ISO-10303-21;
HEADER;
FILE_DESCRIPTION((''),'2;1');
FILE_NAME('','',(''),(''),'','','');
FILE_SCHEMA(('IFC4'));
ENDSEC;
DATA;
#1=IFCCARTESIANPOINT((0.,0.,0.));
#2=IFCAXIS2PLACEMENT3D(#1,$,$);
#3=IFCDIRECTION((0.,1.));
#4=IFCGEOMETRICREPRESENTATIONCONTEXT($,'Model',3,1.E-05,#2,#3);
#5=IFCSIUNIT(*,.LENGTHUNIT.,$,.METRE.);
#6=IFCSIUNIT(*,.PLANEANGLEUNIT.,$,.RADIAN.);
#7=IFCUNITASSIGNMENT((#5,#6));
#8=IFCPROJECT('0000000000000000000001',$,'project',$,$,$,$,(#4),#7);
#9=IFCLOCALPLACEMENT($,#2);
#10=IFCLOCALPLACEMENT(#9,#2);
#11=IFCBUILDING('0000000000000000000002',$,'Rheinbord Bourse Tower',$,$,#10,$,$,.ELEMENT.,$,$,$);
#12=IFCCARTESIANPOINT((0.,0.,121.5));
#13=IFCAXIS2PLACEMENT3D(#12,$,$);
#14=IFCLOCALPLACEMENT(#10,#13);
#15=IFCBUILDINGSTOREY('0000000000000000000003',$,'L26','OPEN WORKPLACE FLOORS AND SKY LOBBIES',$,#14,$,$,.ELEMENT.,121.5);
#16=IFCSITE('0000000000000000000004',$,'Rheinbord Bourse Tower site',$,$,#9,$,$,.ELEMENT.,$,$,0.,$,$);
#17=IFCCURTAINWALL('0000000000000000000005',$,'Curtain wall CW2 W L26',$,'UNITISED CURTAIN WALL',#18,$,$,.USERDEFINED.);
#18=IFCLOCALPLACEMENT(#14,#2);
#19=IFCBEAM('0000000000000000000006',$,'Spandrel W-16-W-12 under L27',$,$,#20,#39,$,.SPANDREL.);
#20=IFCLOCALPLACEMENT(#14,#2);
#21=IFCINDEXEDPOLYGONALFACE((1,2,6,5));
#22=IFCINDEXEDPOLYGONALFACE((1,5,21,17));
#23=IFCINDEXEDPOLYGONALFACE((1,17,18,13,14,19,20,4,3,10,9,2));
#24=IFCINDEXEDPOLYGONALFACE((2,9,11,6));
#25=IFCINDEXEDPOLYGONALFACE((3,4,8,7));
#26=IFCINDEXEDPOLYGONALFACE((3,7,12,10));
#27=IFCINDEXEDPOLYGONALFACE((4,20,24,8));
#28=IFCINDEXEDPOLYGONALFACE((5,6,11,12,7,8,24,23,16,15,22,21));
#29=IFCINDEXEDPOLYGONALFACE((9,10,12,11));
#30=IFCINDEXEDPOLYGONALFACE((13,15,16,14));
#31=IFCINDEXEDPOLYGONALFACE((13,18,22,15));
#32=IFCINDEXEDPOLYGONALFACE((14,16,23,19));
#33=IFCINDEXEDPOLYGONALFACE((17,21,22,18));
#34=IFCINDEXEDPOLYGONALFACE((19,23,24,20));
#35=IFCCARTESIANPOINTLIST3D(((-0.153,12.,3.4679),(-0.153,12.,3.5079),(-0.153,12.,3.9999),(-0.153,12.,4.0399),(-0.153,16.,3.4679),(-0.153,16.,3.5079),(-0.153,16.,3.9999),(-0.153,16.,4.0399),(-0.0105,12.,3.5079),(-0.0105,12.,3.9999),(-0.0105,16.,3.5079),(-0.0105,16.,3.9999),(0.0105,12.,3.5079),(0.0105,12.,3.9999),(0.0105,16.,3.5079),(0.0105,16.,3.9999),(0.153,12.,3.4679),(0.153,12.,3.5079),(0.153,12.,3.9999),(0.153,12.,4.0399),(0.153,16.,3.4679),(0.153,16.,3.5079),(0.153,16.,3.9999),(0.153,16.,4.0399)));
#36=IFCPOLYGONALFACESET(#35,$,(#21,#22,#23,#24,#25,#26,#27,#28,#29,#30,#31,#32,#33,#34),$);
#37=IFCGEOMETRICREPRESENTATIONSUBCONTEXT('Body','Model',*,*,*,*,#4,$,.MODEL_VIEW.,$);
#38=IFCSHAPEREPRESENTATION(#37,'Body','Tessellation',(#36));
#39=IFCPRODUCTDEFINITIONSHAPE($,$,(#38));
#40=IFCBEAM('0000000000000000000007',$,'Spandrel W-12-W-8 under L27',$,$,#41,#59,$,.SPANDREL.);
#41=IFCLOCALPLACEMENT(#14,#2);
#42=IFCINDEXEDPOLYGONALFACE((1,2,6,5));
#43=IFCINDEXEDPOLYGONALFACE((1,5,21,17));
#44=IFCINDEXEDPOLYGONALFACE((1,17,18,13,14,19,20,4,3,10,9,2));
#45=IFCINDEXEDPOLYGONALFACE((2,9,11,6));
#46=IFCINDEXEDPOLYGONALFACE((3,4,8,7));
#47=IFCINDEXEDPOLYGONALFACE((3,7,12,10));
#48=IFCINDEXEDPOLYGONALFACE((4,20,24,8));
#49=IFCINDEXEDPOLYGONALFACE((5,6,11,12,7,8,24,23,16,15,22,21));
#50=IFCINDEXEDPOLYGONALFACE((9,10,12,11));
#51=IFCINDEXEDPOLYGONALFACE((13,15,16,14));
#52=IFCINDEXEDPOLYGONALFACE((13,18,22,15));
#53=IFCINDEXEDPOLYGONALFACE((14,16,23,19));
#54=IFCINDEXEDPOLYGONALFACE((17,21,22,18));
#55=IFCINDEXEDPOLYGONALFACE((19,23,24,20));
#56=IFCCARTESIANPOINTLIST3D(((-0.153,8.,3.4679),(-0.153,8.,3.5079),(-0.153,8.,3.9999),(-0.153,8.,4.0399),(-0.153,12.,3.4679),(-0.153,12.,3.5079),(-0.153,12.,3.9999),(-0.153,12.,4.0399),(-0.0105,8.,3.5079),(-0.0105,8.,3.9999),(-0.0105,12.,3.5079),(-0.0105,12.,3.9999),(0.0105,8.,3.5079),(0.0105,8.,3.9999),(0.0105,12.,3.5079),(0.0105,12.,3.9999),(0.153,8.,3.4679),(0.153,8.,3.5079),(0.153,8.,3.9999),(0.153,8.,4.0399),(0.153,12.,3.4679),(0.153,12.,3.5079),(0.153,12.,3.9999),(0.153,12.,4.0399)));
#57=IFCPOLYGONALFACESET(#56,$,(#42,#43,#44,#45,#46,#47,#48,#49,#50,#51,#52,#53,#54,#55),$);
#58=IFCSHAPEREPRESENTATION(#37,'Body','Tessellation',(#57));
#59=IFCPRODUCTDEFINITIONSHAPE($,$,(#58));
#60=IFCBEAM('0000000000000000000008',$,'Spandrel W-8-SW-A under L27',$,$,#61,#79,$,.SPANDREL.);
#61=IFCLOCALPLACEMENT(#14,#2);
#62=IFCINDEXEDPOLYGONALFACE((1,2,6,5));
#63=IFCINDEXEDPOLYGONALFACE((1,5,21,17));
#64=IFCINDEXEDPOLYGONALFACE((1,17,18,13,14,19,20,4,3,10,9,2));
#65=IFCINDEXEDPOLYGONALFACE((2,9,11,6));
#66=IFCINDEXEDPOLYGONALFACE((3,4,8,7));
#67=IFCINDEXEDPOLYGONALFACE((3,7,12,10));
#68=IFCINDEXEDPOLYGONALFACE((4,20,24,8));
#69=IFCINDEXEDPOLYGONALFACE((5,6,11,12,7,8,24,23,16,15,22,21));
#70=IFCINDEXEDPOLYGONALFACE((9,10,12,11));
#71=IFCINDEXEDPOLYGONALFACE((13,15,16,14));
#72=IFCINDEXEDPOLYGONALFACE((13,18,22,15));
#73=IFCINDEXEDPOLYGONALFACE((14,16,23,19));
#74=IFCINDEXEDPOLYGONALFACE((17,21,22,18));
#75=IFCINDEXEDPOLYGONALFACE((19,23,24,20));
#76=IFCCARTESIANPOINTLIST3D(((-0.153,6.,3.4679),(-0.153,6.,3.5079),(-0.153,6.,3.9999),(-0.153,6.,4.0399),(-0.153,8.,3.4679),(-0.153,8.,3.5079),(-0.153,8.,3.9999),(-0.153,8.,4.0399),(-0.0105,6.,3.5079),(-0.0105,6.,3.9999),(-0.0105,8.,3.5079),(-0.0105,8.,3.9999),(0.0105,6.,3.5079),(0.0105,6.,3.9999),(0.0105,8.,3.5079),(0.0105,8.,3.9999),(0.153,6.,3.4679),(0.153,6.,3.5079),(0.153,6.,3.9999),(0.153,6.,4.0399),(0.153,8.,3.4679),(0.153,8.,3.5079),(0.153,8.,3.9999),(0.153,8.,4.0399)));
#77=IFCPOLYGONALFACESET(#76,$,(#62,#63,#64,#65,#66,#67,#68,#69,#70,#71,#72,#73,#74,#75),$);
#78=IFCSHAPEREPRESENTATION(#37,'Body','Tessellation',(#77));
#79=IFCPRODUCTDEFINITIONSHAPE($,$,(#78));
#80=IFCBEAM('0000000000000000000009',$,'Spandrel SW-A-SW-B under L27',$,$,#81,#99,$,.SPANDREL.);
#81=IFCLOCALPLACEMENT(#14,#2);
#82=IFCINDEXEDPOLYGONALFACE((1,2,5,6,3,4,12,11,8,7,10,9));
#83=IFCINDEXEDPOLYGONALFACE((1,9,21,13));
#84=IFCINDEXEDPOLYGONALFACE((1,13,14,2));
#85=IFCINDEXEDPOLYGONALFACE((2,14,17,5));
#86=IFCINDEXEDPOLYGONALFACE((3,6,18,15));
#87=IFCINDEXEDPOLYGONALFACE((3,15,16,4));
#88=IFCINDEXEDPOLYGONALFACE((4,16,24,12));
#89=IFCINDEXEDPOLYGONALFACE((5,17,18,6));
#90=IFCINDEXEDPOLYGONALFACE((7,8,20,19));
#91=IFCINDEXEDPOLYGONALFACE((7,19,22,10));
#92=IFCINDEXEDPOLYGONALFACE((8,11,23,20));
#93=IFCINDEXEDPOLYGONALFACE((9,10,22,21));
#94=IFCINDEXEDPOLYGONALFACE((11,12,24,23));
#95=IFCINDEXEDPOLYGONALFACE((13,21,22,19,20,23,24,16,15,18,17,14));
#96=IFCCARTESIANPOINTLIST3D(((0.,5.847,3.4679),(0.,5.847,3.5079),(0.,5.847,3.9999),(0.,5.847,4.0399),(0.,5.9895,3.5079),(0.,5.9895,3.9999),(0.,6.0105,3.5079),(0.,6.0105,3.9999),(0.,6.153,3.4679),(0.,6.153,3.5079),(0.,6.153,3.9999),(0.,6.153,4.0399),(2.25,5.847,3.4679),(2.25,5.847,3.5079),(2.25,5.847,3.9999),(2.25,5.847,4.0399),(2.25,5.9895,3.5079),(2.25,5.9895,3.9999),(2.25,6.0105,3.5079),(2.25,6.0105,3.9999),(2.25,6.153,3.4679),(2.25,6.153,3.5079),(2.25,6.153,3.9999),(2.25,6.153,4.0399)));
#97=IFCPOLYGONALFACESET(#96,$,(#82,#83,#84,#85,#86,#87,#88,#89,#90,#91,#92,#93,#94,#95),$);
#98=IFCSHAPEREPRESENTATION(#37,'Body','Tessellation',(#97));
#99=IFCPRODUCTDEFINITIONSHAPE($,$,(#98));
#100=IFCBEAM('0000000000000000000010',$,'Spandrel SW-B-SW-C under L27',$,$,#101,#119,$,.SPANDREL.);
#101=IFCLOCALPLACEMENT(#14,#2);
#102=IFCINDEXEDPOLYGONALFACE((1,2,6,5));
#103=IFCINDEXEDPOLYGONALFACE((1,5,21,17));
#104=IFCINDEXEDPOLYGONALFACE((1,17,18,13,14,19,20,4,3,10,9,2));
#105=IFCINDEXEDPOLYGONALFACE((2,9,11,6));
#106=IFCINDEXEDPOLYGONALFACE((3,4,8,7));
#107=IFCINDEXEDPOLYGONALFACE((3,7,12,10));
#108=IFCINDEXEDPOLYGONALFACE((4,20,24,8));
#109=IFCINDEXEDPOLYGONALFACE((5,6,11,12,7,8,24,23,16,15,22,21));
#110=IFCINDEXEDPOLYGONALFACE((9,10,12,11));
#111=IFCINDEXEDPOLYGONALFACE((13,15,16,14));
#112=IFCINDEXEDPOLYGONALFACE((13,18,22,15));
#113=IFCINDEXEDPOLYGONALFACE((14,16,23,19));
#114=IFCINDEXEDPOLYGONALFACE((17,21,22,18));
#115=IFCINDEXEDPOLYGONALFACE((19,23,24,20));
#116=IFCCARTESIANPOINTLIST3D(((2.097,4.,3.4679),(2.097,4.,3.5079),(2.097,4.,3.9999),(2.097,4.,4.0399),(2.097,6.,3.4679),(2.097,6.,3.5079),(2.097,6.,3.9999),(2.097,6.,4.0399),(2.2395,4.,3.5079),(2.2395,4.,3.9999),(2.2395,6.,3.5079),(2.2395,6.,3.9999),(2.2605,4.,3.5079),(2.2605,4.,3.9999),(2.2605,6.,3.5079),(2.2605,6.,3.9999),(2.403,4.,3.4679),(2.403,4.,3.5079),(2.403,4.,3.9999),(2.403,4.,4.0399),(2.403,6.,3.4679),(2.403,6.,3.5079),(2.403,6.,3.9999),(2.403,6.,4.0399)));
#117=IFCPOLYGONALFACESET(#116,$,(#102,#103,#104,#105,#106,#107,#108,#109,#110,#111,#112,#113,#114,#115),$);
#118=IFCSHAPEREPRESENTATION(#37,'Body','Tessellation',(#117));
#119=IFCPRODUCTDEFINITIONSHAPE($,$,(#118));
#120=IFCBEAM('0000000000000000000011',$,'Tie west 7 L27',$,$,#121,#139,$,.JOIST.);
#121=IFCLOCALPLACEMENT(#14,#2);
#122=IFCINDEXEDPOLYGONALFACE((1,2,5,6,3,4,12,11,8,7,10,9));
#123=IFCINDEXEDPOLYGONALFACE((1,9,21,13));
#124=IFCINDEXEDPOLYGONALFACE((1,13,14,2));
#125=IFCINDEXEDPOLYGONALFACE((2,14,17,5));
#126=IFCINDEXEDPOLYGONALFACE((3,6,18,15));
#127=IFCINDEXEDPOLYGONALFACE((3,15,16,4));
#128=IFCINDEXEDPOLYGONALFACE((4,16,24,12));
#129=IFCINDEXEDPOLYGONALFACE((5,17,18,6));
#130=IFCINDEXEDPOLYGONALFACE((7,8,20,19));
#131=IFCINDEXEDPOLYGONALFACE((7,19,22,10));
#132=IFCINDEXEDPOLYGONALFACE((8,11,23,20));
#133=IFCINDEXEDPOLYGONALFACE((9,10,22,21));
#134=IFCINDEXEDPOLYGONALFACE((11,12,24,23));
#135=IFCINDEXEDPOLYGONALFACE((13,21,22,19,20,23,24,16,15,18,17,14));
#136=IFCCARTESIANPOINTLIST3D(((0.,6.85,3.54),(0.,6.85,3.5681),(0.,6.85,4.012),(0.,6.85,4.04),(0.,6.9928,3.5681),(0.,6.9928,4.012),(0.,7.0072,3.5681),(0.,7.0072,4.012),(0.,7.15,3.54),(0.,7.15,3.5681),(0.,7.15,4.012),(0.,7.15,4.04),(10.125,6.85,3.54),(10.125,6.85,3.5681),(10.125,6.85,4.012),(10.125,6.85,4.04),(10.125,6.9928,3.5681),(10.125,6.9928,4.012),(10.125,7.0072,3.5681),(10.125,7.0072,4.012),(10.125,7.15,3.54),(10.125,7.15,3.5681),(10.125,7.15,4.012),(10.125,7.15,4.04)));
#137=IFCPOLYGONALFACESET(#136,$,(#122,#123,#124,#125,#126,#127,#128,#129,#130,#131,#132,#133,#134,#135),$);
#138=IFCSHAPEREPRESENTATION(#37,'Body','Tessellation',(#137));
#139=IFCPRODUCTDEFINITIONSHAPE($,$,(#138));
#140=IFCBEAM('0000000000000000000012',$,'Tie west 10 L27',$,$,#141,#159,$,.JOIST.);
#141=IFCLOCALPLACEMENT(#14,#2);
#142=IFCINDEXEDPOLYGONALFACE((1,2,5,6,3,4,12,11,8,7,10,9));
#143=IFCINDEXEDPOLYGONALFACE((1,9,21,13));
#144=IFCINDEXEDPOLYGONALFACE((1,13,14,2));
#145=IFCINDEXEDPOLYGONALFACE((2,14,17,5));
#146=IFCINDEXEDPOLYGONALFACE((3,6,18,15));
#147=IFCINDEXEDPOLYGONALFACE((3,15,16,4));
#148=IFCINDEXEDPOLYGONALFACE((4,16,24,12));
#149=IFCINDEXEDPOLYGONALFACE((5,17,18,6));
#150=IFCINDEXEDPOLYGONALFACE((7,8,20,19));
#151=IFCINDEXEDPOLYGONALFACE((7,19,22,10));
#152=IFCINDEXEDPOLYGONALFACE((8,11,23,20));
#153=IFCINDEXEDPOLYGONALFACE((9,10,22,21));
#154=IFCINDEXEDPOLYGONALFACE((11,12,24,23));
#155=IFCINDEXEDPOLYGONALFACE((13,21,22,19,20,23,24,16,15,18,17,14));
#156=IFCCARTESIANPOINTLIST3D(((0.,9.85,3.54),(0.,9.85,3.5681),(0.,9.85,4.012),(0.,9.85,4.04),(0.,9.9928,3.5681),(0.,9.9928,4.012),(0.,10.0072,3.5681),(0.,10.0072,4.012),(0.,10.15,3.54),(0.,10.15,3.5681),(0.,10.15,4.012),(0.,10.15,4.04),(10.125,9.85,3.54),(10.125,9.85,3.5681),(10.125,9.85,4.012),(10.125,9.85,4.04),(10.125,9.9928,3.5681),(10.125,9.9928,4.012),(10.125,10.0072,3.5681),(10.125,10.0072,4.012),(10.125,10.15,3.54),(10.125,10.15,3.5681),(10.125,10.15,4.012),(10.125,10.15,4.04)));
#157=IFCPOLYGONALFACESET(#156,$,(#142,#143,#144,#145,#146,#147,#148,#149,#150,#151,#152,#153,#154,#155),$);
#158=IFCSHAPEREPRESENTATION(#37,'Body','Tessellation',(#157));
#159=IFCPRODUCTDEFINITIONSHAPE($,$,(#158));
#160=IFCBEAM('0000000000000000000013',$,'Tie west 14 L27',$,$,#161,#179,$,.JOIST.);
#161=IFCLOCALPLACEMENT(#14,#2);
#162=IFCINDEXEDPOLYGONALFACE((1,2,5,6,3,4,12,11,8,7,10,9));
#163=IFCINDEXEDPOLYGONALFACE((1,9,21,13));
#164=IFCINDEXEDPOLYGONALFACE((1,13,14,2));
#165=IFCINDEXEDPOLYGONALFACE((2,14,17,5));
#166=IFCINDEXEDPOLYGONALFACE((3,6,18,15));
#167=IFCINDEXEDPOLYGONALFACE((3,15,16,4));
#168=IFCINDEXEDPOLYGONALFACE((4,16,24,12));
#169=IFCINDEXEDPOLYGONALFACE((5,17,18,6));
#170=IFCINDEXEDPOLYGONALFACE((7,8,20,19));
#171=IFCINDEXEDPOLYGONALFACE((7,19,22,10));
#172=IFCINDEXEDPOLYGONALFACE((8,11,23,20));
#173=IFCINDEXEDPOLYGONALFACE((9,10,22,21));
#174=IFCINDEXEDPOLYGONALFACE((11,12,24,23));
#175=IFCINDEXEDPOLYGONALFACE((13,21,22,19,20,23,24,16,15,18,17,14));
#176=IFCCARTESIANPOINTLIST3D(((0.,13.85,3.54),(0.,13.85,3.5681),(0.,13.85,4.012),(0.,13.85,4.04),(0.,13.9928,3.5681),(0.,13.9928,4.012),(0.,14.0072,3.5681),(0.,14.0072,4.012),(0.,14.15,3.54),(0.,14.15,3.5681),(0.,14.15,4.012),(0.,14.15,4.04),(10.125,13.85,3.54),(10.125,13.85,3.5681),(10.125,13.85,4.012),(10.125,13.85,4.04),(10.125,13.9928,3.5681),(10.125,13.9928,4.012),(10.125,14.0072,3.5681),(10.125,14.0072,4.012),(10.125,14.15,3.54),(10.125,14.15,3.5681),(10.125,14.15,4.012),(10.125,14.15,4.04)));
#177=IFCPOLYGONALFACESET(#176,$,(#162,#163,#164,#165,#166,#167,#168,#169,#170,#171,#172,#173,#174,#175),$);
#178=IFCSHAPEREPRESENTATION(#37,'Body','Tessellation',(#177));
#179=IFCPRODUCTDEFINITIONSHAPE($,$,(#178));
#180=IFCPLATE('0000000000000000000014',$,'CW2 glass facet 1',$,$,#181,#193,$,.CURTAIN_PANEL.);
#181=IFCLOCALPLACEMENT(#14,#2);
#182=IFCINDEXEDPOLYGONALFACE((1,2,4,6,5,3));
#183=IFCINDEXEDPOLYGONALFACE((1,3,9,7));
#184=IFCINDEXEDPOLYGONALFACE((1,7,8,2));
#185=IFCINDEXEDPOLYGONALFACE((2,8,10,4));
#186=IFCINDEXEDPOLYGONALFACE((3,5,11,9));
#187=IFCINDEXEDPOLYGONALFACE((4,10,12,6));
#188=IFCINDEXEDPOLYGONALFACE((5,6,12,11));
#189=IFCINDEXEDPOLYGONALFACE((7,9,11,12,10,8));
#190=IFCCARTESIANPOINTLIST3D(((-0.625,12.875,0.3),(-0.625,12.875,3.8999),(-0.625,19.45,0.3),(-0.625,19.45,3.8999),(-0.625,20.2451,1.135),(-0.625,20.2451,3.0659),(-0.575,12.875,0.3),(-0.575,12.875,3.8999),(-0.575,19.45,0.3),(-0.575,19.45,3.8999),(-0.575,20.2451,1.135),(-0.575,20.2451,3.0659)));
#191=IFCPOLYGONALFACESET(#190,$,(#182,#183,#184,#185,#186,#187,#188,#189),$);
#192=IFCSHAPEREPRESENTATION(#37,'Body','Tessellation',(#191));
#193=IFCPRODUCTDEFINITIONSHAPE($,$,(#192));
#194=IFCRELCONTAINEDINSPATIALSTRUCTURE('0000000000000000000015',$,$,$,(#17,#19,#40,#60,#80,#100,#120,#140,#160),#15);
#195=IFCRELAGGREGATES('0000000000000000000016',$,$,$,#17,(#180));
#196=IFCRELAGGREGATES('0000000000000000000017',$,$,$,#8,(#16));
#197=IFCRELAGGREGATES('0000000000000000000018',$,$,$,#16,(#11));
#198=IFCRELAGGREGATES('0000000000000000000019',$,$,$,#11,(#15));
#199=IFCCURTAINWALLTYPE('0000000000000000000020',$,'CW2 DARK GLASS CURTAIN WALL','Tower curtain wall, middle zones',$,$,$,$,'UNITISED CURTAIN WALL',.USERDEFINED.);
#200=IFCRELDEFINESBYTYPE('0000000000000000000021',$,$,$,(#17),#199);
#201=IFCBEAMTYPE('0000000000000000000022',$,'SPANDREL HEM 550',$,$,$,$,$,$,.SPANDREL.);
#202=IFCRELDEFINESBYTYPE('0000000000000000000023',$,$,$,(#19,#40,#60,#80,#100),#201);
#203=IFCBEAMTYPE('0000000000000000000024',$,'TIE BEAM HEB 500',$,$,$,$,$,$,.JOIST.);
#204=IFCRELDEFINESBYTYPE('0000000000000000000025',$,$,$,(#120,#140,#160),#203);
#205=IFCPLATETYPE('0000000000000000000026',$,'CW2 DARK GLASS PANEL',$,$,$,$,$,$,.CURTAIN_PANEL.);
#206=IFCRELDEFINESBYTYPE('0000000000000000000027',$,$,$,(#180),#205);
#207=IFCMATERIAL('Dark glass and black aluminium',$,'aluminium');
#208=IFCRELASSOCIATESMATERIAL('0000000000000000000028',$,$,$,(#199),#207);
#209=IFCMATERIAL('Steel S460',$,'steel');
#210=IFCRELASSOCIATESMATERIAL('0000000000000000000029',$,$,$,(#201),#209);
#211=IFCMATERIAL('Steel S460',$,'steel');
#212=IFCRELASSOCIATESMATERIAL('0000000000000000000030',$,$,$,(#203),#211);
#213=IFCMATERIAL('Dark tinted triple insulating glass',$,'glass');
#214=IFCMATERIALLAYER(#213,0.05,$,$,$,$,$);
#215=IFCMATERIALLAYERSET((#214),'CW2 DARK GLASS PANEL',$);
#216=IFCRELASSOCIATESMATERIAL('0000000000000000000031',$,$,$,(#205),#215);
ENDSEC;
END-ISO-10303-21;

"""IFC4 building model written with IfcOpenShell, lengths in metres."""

from ifc_helpers import new_model, si_unit, direction, frame, origin, origin_2d, place, context, subcontext, project, spatial, polyline, i_section, outline, extrude, material, layer, layer_set, material_profile, profile_set, type_object, element, aggregate, save


model = new_model("IFC4")

# Units and contexts
model_context = context("Model", 3, precision=1e-05, world=origin(), true_north=direction((0.0, 1.0)))
body_context = subcontext(model_context, "Body", "Model", "MODEL_VIEW")
ifc_project = project(units=[si_unit("LENGTHUNIT", "METRE"), si_unit("PLANEANGLEUNIT", "RADIAN")], contexts=[model_context])

# Site, building, storey
site_placement = place(None, origin())
site = spatial("IfcSite", under=ifc_project, at=site_placement, Name="Rheinbord Bourse Tower site", CompositionType="ELEMENT", RefElevation=0.0)
building_placement = place(site_placement, origin())
building = spatial("IfcBuilding", under=site, at=building_placement, Name="Rheinbord Bourse Tower", CompositionType="ELEMENT")
storey_placement = place(building_placement, frame((0.0, 0.0, 121.5)))
storey = spatial("IfcBuildingStorey", under=building, at=storey_placement, Name="L26", Description="OPEN WORKPLACE FLOORS AND SKY LOBBIES", CompositionType="ELEMENT", Elevation=121.5)

# Curtain wall
ifc_material_1 = material(Name="Dark glass and black aluminium", Category="aluminium")
curtain_wall_type = type_object("IfcCurtainWallType", Name="CW2 DARK GLASS CURTAIN WALL", Description="Tower curtain wall, middle zones", ElementType="UNITISED CURTAIN WALL", PredefinedType="USERDEFINED", material=ifc_material_1)
curtain_wall_placement = place(storey_placement, origin())
curtain_wall = element("IfcCurtainWall", 1, at=curtain_wall_placement, inside=storey, type_object=curtain_wall_type, Name="Curtain wall CW2 W L26", ObjectType="UNITISED CURTAIN WALL", PredefinedType="USERDEFINED")

# Beams
ifc_material_2 = material(Name="Steel S460", Category="steel")
ifc_material_profile_1 = material_profile(ifc_material_2, i_section(OverallWidth=0.3059, OverallDepth=0.572, WebThickness=0.021, FlangeThickness=0.04, at=origin_2d()), Name="HEM 550")
ifc_profile_set_1 = profile_set([ifc_material_profile_1], Name="Steel S460")
beam_type_1 = type_object("IfcBeamType", Name="SPANDREL HEM 550", PredefinedType="SPANDREL", material=ifc_profile_set_1)
for number, where, z_axis, x_axis, name in (
    (2, (0.0, 16.0, 3.7539), (0.0, -1.0, 0.0), (1.0, 0.0, 0.0), "Spandrel W-16-W-12 under L27"),
    (3, (0.0, 12.0, 3.7539), (0.0, -1.0, 0.0), (1.0, 0.0, 0.0), "Spandrel W-12-W-8 under L27"),
):
    element("IfcBeam", number, at=place(storey_placement, frame(where, z_axis=z_axis, x_axis=x_axis)), inside=storey, type_object=beam_type_1, Name=name, PredefinedType="SPANDREL", context=body_context, shape_type="SweptSolid", body=[
        extrude(i_section(OverallWidth=0.3059, OverallDepth=0.572, WebThickness=0.021, FlangeThickness=0.04, at=origin_2d()), origin(), (0.0, 0.0, 1.0), 4.0),
    ])
beam_1_placement = place(storey_placement, frame((0.0, 8.0, 3.7539), z_axis=(0.0, -1.0, 0.0), x_axis=(1.0, 0.0, 0.0)))
element("IfcBeam", 4, at=beam_1_placement, inside=storey, type_object=beam_type_1, Name="Spandrel W-8-SW-A under L27", PredefinedType="SPANDREL", context=body_context, shape_type="SweptSolid", body=[
    extrude(i_section(OverallWidth=0.3059, OverallDepth=0.572, WebThickness=0.021, FlangeThickness=0.04, at=origin_2d()), origin(), (0.0, 0.0, 1.0), 2.0),
])
beam_2_placement = place(storey_placement, frame((0.0, 6.0, 3.7539), z_axis=(1.0, 0.0, 0.0), x_axis=(0.0, 1.0, 0.0)))
element("IfcBeam", 5, at=beam_2_placement, inside=storey, type_object=beam_type_1, Name="Spandrel SW-A-SW-B under L27", PredefinedType="SPANDREL", context=body_context, shape_type="SweptSolid", body=[
    extrude(i_section(OverallWidth=0.3059, OverallDepth=0.572, WebThickness=0.021, FlangeThickness=0.04, at=origin_2d()), origin(), (0.0, 0.0, 1.0), 2.25),
])
beam_3_placement = place(storey_placement, frame((2.25, 6.0, 3.7539), z_axis=(0.0, -1.0, 0.0), x_axis=(1.0, 0.0, 0.0)))
element("IfcBeam", 6, at=beam_3_placement, inside=storey, type_object=beam_type_1, Name="Spandrel SW-B-SW-C under L27", PredefinedType="SPANDREL", context=body_context, shape_type="SweptSolid", body=[
    extrude(i_section(OverallWidth=0.3059, OverallDepth=0.572, WebThickness=0.021, FlangeThickness=0.04, at=origin_2d()), origin(), (0.0, 0.0, 1.0), 2.0),
])
ifc_material_3 = material(Name="Steel S460", Category="steel")
ifc_material_profile_2 = material_profile(ifc_material_3, i_section(OverallWidth=0.3, OverallDepth=0.5, WebThickness=0.0144, FlangeThickness=0.0281, at=origin_2d()), Name="HEB 500")
ifc_profile_set_2 = profile_set([ifc_material_profile_2], Name="Steel S460")
beam_type_2 = type_object("IfcBeamType", Name="TIE BEAM HEB 500", PredefinedType="JOIST", material=ifc_profile_set_2)
for number, where, z_axis, x_axis, name in (
    (7, (0.0, 7.0, 3.79), (1.0, 0.0, 0.0), (0.0, 1.0, 0.0), "Tie west 7 L27"),
    (8, (0.0, 10.0, 3.79), (1.0, 0.0, 0.0), (0.0, 1.0, 0.0), "Tie west 10 L27"),
    (9, (0.0, 14.0, 3.79), (1.0, 0.0, 0.0), (0.0, 1.0, 0.0), "Tie west 14 L27"),
):
    element("IfcBeam", number, at=place(storey_placement, frame(where, z_axis=z_axis, x_axis=x_axis)), inside=storey, type_object=beam_type_2, Name=name, PredefinedType="JOIST", context=body_context, shape_type="SweptSolid", body=[
        extrude(i_section(OverallWidth=0.3, OverallDepth=0.5, WebThickness=0.0144, FlangeThickness=0.0281, at=origin_2d()), origin(), (0.0, 0.0, 1.0), 10.125),
    ])

# Plate
ifc_material_4 = material(Name="Dark tinted triple insulating glass", Category="glass")
ifc_layer_1 = layer(ifc_material_4, 0.05)
ifc_layer_set_1 = layer_set([ifc_layer_1], Name="CW2 DARK GLASS PANEL")
plate_type = type_object("IfcPlateType", Name="CW2 DARK GLASS PANEL", PredefinedType="CURTAIN_PANEL", material=ifc_layer_set_1)
plate_1_placement = place(storey_placement, frame((-0.625, 12.875, 3.8999), z_axis=(1.0, 0.0, 0.0), x_axis=(0.0, 0.0, -1.0)))
plate_1 = element("IfcPlate", 10, at=plate_1_placement, type_object=plate_type, Name="CW2 glass facet 1", PredefinedType="CURTAIN_PANEL", context=body_context, shape_type="SweptSolid", body=[
    extrude(outline(polyline([(0.0, 0.0), (3.5999, 0.0), (3.5999, 6.575), (2.7649, 7.3701), (0.834, 7.3701), (0.0, 6.575), (0.0, 0.0)])), origin(), (0.0, 0.0, 1.0), 0.05),
])
aggregate(curtain_wall, [plate_1])

save(model, "model.ifc")
